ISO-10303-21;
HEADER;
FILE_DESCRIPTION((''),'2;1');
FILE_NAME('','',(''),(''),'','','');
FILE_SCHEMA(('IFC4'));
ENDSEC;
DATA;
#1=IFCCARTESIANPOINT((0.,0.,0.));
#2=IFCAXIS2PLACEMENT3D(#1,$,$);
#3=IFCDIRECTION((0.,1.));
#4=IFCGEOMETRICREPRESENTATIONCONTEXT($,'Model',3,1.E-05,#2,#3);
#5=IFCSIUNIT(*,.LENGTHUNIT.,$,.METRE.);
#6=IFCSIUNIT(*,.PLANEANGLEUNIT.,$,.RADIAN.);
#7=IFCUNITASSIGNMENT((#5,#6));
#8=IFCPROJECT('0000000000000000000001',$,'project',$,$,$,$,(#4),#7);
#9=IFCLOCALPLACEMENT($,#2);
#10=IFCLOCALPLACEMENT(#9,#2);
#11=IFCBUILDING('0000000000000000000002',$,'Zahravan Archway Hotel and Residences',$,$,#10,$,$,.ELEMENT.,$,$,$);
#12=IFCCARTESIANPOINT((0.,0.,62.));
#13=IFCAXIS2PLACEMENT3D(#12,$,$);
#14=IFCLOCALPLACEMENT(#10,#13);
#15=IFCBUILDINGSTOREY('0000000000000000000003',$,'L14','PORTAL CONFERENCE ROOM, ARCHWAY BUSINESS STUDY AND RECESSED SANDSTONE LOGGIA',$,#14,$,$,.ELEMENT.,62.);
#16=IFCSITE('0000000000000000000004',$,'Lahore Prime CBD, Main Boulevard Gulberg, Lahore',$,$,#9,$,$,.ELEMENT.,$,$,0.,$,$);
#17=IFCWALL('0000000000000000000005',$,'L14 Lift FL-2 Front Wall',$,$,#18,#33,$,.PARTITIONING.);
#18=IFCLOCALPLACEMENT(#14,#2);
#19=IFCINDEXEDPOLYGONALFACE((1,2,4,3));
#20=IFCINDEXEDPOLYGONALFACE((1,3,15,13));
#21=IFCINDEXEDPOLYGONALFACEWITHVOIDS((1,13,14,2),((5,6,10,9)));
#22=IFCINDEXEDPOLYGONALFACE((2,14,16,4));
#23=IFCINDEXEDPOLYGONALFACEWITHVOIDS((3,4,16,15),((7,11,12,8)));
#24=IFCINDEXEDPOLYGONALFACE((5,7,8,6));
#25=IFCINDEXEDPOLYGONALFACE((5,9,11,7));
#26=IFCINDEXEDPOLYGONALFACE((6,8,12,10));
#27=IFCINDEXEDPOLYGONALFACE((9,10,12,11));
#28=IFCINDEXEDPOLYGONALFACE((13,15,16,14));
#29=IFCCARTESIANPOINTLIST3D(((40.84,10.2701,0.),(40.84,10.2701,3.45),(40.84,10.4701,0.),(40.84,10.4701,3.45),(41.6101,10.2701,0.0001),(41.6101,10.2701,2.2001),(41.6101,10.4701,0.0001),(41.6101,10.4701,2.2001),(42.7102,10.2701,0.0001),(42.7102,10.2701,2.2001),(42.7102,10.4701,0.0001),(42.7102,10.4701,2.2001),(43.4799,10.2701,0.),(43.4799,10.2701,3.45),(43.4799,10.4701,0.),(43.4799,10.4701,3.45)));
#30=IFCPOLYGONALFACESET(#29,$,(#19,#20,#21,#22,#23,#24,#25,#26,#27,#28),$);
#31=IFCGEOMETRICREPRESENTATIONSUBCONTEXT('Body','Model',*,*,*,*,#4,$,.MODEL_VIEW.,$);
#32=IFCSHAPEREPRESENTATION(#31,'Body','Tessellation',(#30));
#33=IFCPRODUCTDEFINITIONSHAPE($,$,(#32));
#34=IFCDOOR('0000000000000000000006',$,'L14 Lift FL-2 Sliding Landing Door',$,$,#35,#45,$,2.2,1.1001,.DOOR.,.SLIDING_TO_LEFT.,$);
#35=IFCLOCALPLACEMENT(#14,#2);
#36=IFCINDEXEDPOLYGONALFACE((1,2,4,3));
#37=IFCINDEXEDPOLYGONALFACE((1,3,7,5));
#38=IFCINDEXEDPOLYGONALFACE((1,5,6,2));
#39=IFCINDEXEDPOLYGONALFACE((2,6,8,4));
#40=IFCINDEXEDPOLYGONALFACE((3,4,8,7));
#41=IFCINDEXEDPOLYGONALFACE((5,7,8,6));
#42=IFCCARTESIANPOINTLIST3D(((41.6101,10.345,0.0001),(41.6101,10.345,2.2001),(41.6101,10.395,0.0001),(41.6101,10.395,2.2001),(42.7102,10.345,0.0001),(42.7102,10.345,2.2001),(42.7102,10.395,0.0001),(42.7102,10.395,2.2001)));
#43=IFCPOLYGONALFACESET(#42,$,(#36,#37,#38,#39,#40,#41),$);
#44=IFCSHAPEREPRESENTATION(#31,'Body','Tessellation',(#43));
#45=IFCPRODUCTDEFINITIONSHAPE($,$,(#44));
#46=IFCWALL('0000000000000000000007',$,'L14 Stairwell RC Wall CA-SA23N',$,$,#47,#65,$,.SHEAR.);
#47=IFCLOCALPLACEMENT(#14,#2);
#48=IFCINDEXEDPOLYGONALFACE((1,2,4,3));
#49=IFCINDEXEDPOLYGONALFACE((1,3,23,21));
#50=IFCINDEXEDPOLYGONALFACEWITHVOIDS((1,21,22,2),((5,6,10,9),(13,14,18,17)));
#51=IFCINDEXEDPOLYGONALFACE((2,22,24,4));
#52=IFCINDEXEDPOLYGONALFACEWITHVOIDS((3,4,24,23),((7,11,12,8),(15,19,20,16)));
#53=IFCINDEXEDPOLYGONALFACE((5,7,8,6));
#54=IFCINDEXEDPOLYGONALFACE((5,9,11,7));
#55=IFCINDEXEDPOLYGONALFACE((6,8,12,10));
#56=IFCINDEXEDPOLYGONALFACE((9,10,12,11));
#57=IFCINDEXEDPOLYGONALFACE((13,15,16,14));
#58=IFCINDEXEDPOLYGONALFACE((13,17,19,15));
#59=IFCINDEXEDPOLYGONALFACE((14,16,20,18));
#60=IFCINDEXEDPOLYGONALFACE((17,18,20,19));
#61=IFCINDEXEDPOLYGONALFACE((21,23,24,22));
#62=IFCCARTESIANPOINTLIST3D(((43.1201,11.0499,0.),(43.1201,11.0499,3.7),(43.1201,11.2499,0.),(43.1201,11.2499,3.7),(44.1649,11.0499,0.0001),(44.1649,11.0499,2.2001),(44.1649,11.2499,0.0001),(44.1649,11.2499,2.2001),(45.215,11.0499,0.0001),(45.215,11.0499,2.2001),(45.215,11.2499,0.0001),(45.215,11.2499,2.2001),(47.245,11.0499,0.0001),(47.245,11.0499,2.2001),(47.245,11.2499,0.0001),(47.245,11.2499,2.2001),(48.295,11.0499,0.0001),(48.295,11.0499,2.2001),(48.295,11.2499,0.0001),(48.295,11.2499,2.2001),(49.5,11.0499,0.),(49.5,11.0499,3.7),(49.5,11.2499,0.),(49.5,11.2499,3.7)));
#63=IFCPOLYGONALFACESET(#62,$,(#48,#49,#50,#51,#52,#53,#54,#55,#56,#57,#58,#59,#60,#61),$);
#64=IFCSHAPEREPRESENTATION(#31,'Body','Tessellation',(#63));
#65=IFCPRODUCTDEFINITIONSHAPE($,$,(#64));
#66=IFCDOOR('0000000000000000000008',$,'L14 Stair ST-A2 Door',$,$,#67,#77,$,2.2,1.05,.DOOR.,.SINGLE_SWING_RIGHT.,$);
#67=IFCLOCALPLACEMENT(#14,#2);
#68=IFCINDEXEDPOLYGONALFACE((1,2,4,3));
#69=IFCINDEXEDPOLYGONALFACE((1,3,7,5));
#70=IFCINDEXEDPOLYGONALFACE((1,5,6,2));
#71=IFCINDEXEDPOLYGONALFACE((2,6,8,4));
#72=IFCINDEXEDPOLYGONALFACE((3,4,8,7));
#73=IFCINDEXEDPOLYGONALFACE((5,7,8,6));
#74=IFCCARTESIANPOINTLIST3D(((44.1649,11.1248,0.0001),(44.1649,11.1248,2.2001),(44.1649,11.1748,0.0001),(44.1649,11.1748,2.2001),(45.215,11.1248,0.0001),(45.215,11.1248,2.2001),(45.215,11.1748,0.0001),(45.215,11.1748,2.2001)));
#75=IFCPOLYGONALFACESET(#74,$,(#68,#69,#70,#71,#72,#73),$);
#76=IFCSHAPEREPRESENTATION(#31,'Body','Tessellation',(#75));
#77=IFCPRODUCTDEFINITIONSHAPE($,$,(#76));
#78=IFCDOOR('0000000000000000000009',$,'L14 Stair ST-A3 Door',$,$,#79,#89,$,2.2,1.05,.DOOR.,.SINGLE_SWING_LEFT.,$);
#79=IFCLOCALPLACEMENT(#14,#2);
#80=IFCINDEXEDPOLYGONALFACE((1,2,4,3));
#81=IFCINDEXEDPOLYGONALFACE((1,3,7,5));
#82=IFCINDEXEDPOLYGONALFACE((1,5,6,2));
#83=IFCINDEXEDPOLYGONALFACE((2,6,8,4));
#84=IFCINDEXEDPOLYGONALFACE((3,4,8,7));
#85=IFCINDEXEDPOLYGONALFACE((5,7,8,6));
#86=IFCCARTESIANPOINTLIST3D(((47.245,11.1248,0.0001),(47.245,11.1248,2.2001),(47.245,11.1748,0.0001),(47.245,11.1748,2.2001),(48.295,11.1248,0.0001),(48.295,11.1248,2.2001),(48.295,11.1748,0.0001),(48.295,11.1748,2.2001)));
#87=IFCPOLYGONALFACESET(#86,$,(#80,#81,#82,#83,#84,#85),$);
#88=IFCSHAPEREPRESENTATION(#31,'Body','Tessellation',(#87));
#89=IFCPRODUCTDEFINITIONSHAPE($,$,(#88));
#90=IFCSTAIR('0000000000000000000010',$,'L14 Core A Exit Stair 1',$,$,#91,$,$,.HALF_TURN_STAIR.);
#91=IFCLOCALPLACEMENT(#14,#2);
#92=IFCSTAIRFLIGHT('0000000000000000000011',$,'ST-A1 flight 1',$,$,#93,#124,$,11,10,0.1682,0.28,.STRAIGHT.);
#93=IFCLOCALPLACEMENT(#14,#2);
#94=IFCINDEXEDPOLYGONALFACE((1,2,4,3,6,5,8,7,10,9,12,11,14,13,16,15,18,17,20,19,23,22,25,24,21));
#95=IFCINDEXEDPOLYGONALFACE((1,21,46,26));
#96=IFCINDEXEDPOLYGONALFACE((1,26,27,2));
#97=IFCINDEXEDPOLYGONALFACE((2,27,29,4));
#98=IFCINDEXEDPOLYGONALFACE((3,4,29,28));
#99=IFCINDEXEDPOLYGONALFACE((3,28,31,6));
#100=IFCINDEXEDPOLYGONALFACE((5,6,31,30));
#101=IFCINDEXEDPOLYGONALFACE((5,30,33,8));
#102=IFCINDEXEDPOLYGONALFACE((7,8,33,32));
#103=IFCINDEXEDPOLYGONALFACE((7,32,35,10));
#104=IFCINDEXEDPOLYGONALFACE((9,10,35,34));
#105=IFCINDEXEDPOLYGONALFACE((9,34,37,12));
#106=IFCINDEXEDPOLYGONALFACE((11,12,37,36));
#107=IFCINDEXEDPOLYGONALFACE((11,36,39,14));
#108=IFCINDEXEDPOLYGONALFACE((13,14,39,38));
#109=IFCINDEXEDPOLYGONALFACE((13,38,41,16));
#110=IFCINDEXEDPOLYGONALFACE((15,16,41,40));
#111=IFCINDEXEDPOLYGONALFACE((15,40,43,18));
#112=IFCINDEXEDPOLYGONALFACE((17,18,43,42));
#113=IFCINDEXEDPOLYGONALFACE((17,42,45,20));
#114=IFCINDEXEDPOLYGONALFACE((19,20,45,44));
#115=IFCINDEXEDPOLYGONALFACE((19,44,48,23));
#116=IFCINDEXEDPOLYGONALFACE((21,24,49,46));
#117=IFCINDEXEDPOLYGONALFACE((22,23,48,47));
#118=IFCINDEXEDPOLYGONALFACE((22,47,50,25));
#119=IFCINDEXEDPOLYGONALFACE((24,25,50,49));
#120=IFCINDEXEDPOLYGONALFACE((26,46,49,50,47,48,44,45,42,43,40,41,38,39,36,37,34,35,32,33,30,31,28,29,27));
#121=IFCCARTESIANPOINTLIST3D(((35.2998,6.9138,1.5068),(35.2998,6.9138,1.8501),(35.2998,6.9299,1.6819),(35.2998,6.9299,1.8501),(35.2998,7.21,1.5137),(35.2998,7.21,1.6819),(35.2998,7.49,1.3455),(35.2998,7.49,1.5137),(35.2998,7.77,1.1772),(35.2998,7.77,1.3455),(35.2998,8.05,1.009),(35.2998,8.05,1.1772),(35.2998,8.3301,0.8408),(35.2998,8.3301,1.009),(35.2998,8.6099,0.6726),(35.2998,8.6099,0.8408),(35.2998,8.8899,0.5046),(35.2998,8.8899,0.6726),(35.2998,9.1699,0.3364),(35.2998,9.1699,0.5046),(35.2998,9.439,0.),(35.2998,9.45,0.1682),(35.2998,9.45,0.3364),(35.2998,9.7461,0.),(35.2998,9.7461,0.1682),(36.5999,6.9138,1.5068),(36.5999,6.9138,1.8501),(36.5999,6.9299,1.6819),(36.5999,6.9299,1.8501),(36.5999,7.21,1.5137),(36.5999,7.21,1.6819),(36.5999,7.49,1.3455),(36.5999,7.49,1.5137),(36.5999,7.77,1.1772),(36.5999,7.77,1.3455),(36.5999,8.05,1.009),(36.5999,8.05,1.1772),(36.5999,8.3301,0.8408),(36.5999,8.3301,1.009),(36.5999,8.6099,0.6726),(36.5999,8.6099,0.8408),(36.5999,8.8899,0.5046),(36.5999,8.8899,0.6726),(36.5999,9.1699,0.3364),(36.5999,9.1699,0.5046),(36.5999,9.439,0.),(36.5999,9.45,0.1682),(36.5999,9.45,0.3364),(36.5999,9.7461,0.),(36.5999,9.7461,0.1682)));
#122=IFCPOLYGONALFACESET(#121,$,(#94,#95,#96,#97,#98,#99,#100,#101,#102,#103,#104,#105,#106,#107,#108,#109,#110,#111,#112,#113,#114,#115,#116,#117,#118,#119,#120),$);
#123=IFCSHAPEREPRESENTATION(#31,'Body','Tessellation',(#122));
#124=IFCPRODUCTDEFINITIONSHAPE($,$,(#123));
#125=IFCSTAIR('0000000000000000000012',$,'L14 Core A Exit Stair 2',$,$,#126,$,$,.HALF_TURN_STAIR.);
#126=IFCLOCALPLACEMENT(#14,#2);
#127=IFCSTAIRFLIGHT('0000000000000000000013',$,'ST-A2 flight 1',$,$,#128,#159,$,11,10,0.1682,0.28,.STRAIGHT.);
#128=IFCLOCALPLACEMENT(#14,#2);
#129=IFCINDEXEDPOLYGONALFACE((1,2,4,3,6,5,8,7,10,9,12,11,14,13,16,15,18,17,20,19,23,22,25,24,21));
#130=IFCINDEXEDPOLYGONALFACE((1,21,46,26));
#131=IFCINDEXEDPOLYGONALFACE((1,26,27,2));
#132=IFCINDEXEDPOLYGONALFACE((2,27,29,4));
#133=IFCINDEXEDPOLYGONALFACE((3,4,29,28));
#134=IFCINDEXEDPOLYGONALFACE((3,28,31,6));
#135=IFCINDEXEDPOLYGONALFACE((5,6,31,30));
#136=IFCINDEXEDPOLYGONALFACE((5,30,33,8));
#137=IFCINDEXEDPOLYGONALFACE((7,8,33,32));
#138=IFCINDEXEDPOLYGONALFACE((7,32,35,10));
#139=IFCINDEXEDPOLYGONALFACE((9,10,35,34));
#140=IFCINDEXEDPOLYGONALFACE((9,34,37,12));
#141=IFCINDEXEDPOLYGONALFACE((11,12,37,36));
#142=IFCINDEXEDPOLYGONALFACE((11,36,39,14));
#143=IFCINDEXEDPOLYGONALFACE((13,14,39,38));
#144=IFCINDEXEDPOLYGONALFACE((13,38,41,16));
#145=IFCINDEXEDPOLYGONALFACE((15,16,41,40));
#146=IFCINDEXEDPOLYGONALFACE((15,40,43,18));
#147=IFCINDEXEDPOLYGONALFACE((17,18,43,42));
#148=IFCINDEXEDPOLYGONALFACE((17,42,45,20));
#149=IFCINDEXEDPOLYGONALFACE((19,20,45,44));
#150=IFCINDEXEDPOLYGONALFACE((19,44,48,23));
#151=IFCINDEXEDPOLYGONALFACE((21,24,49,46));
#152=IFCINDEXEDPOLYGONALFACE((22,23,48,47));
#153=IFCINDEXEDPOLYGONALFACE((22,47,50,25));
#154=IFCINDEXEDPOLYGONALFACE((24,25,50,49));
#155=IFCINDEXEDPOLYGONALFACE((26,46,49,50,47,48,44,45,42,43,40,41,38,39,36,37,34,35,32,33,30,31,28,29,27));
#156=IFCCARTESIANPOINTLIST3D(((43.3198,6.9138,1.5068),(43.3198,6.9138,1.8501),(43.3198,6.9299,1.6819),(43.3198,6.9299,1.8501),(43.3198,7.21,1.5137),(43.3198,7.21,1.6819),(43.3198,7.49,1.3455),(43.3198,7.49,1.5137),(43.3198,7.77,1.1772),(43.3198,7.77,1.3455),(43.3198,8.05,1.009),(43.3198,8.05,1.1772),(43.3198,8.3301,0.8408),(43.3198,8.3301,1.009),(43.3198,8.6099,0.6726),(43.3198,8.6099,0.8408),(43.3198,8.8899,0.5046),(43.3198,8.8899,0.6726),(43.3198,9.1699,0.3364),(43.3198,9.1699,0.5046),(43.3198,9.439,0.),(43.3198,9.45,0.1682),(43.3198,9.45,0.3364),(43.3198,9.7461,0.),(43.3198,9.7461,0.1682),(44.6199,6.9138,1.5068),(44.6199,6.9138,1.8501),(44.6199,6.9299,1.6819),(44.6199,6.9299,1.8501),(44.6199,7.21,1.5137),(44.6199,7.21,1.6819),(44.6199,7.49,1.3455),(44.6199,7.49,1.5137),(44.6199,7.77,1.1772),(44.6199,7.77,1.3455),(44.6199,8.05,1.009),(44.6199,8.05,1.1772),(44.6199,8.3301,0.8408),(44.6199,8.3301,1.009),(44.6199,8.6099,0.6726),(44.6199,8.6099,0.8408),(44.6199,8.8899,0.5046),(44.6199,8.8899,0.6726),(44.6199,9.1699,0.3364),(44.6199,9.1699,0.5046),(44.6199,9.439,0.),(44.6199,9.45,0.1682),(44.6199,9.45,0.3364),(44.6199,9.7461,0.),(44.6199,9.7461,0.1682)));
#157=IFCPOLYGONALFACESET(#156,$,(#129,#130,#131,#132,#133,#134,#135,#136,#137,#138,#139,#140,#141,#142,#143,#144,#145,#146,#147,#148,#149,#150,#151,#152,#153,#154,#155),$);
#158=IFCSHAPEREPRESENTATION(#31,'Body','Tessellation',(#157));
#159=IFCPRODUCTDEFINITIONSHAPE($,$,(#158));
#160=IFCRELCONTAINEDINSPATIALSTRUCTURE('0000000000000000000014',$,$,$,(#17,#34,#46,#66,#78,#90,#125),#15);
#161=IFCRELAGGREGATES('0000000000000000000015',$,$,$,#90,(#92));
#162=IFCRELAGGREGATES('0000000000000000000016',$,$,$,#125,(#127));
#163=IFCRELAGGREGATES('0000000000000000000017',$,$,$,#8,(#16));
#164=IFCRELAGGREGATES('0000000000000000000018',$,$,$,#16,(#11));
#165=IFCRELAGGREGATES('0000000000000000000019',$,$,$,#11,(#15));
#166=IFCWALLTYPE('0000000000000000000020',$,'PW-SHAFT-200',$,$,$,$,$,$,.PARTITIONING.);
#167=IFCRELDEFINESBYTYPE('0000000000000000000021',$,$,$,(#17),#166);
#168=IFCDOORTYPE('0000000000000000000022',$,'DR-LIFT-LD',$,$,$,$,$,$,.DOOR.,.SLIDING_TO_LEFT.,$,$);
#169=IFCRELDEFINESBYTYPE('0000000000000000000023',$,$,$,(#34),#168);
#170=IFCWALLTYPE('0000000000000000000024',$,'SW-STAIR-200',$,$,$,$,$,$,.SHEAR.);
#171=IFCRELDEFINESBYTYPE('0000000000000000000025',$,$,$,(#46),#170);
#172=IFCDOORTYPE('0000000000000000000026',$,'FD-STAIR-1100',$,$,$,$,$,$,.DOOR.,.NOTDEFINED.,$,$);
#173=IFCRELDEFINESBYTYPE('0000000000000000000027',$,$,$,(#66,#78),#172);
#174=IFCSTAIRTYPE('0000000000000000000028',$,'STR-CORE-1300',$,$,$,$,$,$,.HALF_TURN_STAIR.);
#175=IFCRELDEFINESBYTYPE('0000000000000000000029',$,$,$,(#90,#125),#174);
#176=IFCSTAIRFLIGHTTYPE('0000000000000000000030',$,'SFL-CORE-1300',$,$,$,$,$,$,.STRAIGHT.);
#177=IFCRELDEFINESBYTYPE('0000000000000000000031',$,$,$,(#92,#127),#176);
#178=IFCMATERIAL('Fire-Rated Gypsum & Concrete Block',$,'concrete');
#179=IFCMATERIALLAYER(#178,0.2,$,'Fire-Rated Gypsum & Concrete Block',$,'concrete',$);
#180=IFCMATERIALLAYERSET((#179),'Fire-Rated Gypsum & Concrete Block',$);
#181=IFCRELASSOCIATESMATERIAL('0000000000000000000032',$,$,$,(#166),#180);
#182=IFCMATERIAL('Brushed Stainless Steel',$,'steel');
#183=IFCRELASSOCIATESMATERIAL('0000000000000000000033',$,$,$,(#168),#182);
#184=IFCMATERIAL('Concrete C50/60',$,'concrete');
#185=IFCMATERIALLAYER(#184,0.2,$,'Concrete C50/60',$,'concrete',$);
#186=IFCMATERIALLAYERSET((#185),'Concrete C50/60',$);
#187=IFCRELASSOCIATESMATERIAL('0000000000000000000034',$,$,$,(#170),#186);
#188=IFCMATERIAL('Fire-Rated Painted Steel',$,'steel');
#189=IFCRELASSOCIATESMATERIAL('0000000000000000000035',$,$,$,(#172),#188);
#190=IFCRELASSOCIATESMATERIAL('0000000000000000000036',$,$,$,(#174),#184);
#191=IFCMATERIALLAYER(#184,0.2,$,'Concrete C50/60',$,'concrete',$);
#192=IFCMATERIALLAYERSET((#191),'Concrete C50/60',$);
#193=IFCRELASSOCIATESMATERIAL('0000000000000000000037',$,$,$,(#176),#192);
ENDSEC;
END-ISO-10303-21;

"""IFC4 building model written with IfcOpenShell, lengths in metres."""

from ifc_helpers import new_model, si_unit, direction, frame, frame_2d, origin, place, context, subcontext, project, spatial, polyline, rectangle, outline, extrude, source, transform, mapped, material, layer, layer_set, type_object, type_shapes, element, fill, aggregate, save


model = new_model("IFC4")

# Units and contexts
model_context = context("Model", 3, precision=1e-05, world=origin(), true_north=direction((0.0, 1.0)))
body_context = subcontext(model_context, "Body", "Model", "MODEL_VIEW")
ifc_project = project(units=[si_unit("LENGTHUNIT", "METRE"), si_unit("PLANEANGLEUNIT", "RADIAN")], contexts=[model_context])

# Site, building, storey
site_placement = place(None, origin())
site = spatial("IfcSite", under=ifc_project, at=site_placement, Name="Lahore Prime CBD, Main Boulevard Gulberg, Lahore", CompositionType="ELEMENT", RefElevation=0.0)
building_placement = place(site_placement, origin())
building = spatial("IfcBuilding", under=site, at=building_placement, Name="Zahravan Archway Hotel and Residences", CompositionType="ELEMENT")
storey_placement = place(building_placement, frame((0.0, 0.0, 62.0)))
storey = spatial("IfcBuildingStorey", under=building, at=storey_placement, Name="L14", Description="PORTAL CONFERENCE ROOM, ARCHWAY BUSINESS STUDY AND RECESSED SANDSTONE LOGGIA", CompositionType="ELEMENT", Elevation=62.0)

# Shared definitions
ifc_material_1 = material(Name="Fire-Rated Gypsum & Concrete Block", Category="concrete")
ifc_material_2 = material(Name="Fire-Rated Painted Steel", Category="steel")

# Shared definitions
ifc_layer_1 = layer(ifc_material_1, 0.2, Name="Fire-Rated Gypsum & Concrete Block", Category="concrete")
ifc_layer_set_1 = layer_set([ifc_layer_1], Name="Fire-Rated Gypsum & Concrete Block")
wall_type_1 = type_object("IfcWallType", Name="PW-SHAFT-200", PredefinedType="PARTITIONING", material=ifc_layer_set_1)

# Wall, opening, door
ifc_material_3 = material(Name="Brushed Stainless Steel", Category="steel")
door_type_1 = type_object("IfcDoorType", Name="DR-LIFT-LD", OperationType="SLIDING_TO_LEFT", PredefinedType="DOOR", material=ifc_material_3)
shared_shape_1 = source(origin(), body_context, "Body", "SweptSolid", [
    extrude(rectangle(XDim=1.1001, YDim=2.2, at=frame_2d((0.55, 1.1001))), frame((0.0, 0.0249, 0.0), z_axis=(0.0, -1.0, 0.0), x_axis=(1.0, 0.0, 0.0)), (0.0, 0.0, 1.0), 0.05),
])
type_shapes(door_type_1, [shared_shape_1])
wall_1_placement = place(storey_placement, frame((40.8401, 10.3701, 0.0), z_axis=(0.0, 0.0, 1.0), x_axis=(1.0, 0.0, 0.0)))
wall_1 = element("IfcWall", 1, at=wall_1_placement, inside=storey, type_object=wall_type_1, Name="L14 Lift FL-2 Front Wall", PredefinedType="PARTITIONING", context=body_context, shape_type="SweptSolid", body=[
    extrude(rectangle(XDim=2.6399, YDim=0.2, at=frame_2d((1.3198, 0.0))), origin(), (0.0, 0.0, 1.0), 3.45),
])
opening_1_placement = place(wall_1_placement, frame((0.77, 0.0, 0.0)))
opening_1 = element("IfcOpeningElement", 2, at=opening_1_placement, cuts=wall_1, PredefinedType="OPENING", context=body_context, shape_type="SweptSolid", body=[
    extrude(rectangle(XDim=1.1001, YDim=2.2, at=frame_2d((0.55, 1.1001))), frame((0.0, 0.1099, 0.0), z_axis=(0.0, -1.0, 0.0), x_axis=(1.0, 0.0, 0.0)), (0.0, 0.0, 1.0), 0.22),
])
door_1_placement = place(opening_1_placement, origin())
door_1 = element("IfcDoor", 3, at=door_1_placement, inside=storey, type_object=door_type_1, Name="L14 Lift FL-2 Sliding Landing Door", OperationType="SLIDING_TO_LEFT", OverallHeight=2.2, OverallWidth=1.1001, PredefinedType="DOOR", context=body_context, shape_type="MappedRepresentation", body=[
    mapped(shared_shape_1, transform((0.0, 0.0, 0.0), scale=1.0)),
])
fill(opening_1, door_1)

# Wall, openings, doors
ifc_material_4 = material(Name="Concrete C50/60", Category="concrete")
ifc_layer_2 = layer(ifc_material_4, 0.2, Name="Concrete C50/60", Category="concrete")
ifc_layer_set_2 = layer_set([ifc_layer_2], Name="Concrete C50/60")
wall_type_2 = type_object("IfcWallType", Name="SW-STAIR-200", PredefinedType="SHEAR", material=ifc_layer_set_2)
wall_2_placement = place(storey_placement, frame((43.1201, 11.1499, 0.0), z_axis=(0.0, 0.0, 1.0), x_axis=(1.0, 0.0, 0.0)))
wall_2 = element("IfcWall", 4, at=wall_2_placement, inside=storey, type_object=wall_type_2, Name="L14 Stairwell RC Wall CA-SA23N", PredefinedType="SHEAR", context=body_context, shape_type="SweptSolid", body=[
    extrude(rectangle(XDim=6.3799, YDim=0.2, at=frame_2d((3.1899, 0.0))), origin(), (0.0, 0.0, 1.0), 3.7),
])
opening_2_placement = place(wall_2_placement, frame((1.0449, 0.0, 0.0)))
opening_2 = element("IfcOpeningElement", 5, at=opening_2_placement, cuts=wall_2, PredefinedType="OPENING", context=body_context, shape_type="SweptSolid", body=[
    extrude(rectangle(XDim=1.05, YDim=2.2, at=frame_2d((0.5249, 1.1001))), frame((0.0, 0.1099, 0.0), z_axis=(0.0, -1.0, 0.0), x_axis=(1.0, 0.0, 0.0)), (0.0, 0.0, 1.0), 0.22),
])
opening_3_placement = place(wall_2_placement, frame((4.125, 0.0, 0.0)))
opening_3 = element("IfcOpeningElement", 6, at=opening_3_placement, cuts=wall_2, PredefinedType="OPENING", context=body_context, shape_type="SweptSolid", body=[
    extrude(rectangle(XDim=1.05, YDim=2.2, at=frame_2d((0.5249, 1.1001))), frame((0.0, 0.1099, 0.0), z_axis=(0.0, -1.0, 0.0), x_axis=(1.0, 0.0, 0.0)), (0.0, 0.0, 1.0), 0.22),
])
door_type_2 = type_object("IfcDoorType", Name="FD-STAIR-1100", OperationType="NOTDEFINED", PredefinedType="DOOR", material=ifc_material_2)
shared_shape_2 = source(origin(), body_context, "Body", "SweptSolid", [
    extrude(rectangle(XDim=1.05, YDim=2.2, at=frame_2d((0.5249, 1.1001))), frame((0.0, 0.0249, 0.0), z_axis=(0.0, -1.0, 0.0), x_axis=(1.0, 0.0, 0.0)), (0.0, 0.0, 1.0), 0.05),
])
type_shapes(door_type_2, [shared_shape_2])
door_2_placement = place(opening_2_placement, origin())
door_2 = element("IfcDoor", 7, at=door_2_placement, inside=storey, type_object=door_type_2, Name="L14 Stair ST-A2 Door", OperationType="SINGLE_SWING_RIGHT", OverallHeight=2.2, OverallWidth=1.05, PredefinedType="DOOR", context=body_context, shape_type="MappedRepresentation", body=[
    mapped(shared_shape_2, transform((0.0, 0.0, 0.0), scale=1.0)),
])
fill(opening_2, door_2)
door_3_placement = place(opening_3_placement, origin())
door_3 = element("IfcDoor", 8, at=door_3_placement, inside=storey, type_object=door_type_2, Name="L14 Stair ST-A3 Door", OperationType="SINGLE_SWING_LEFT", OverallHeight=2.2, OverallWidth=1.05, PredefinedType="DOOR", context=body_context, shape_type="MappedRepresentation", body=[
    mapped(shared_shape_2, transform((0.0, 0.0, 0.0), scale=1.0)),
])
fill(opening_3, door_3)

# Stairs, stair flights
stair_type = type_object("IfcStairType", Name="STR-CORE-1300", PredefinedType="HALF_TURN_STAIR", material=ifc_material_4)
stair_1_placement = place(storey_placement, origin())
stair_1 = element("IfcStair", 9, at=stair_1_placement, inside=storey, type_object=stair_type, Name="L14 Core A Exit Stair 1", PredefinedType="HALF_TURN_STAIR")
ifc_layer_3 = layer(ifc_material_4, 0.2, Name="Concrete C50/60", Category="concrete")
ifc_layer_set_3 = layer_set([ifc_layer_3], Name="Concrete C50/60")
stair_flight_type = type_object("IfcStairFlightType", Name="SFL-CORE-1300", PredefinedType="STRAIGHT", material=ifc_layer_set_3)
shared_shape_3 = source(origin(), body_context, "Body", "SweptSolid", [
    extrude(outline(polyline([(-0.0161, 0.0), (-0.0161, 0.1682), (0.28, 0.1682), (0.28, 0.3364), (0.5601, 0.3364), (0.5601, 0.5046), (0.8401, 0.5046), (0.8401, 0.6726), (1.1201, 0.6726), (1.1201, 0.8408), (1.3999, 0.8408), (1.3999, 1.009), (1.6799, 1.009), (1.6799, 1.1772), (1.96, 1.1772), (1.96, 1.3455), (2.24, 1.3455), (2.24, 1.5137), (2.52, 1.5137), (2.52, 1.6819), (2.8, 1.6819), (2.8, 1.8501), (2.8162, 1.8501), (2.8162, 1.5068), (0.291, 0.0), (-0.0161, 0.0)])), frame((0.0, 0.6499, 0.0), z_axis=(0.0, -1.0, 0.0), x_axis=(1.0, 0.0, 0.0)), (0.0, 0.0, 1.0), 1.3),
])
stair_flight_1_placement = place(storey_placement, frame((35.95, 9.73, 0.0), z_axis=(0.0, 0.0, 1.0), x_axis=(0.0, -1.0, 0.0)))
stair_flight_1 = element("IfcStairFlight", 10, at=stair_flight_1_placement, type_object=stair_flight_type, Name="ST-A1 flight 1", NumberOfRisers=11, NumberOfTreads=10, PredefinedType="STRAIGHT", RiserHeight=0.1682, TreadLength=0.28, context=body_context, shape_type="MappedRepresentation", body=[
    mapped(shared_shape_3, transform((0.0, 0.0, 0.0), scale=1.0)),
])
aggregate(stair_1, [stair_flight_1])
stair_2_placement = place(storey_placement, origin())
stair_2 = element("IfcStair", 11, at=stair_2_placement, inside=storey, type_object=stair_type, Name="L14 Core A Exit Stair 2", PredefinedType="HALF_TURN_STAIR")
stair_flight_2_placement = place(storey_placement, frame((43.97, 9.73, 0.0), z_axis=(0.0, 0.0, 1.0), x_axis=(0.0, -1.0, 0.0)))
stair_flight_2 = element("IfcStairFlight", 12, at=stair_flight_2_placement, type_object=stair_flight_type, Name="ST-A2 flight 1", NumberOfRisers=11, NumberOfTreads=10, PredefinedType="STRAIGHT", RiserHeight=0.1682, TreadLength=0.28, context=body_context, shape_type="MappedRepresentation", body=[
    mapped(shared_shape_3, transform((0.0, 0.0, 0.0), scale=1.0)),
])
aggregate(stair_2, [stair_flight_2])

save(model, "model.ifc")
